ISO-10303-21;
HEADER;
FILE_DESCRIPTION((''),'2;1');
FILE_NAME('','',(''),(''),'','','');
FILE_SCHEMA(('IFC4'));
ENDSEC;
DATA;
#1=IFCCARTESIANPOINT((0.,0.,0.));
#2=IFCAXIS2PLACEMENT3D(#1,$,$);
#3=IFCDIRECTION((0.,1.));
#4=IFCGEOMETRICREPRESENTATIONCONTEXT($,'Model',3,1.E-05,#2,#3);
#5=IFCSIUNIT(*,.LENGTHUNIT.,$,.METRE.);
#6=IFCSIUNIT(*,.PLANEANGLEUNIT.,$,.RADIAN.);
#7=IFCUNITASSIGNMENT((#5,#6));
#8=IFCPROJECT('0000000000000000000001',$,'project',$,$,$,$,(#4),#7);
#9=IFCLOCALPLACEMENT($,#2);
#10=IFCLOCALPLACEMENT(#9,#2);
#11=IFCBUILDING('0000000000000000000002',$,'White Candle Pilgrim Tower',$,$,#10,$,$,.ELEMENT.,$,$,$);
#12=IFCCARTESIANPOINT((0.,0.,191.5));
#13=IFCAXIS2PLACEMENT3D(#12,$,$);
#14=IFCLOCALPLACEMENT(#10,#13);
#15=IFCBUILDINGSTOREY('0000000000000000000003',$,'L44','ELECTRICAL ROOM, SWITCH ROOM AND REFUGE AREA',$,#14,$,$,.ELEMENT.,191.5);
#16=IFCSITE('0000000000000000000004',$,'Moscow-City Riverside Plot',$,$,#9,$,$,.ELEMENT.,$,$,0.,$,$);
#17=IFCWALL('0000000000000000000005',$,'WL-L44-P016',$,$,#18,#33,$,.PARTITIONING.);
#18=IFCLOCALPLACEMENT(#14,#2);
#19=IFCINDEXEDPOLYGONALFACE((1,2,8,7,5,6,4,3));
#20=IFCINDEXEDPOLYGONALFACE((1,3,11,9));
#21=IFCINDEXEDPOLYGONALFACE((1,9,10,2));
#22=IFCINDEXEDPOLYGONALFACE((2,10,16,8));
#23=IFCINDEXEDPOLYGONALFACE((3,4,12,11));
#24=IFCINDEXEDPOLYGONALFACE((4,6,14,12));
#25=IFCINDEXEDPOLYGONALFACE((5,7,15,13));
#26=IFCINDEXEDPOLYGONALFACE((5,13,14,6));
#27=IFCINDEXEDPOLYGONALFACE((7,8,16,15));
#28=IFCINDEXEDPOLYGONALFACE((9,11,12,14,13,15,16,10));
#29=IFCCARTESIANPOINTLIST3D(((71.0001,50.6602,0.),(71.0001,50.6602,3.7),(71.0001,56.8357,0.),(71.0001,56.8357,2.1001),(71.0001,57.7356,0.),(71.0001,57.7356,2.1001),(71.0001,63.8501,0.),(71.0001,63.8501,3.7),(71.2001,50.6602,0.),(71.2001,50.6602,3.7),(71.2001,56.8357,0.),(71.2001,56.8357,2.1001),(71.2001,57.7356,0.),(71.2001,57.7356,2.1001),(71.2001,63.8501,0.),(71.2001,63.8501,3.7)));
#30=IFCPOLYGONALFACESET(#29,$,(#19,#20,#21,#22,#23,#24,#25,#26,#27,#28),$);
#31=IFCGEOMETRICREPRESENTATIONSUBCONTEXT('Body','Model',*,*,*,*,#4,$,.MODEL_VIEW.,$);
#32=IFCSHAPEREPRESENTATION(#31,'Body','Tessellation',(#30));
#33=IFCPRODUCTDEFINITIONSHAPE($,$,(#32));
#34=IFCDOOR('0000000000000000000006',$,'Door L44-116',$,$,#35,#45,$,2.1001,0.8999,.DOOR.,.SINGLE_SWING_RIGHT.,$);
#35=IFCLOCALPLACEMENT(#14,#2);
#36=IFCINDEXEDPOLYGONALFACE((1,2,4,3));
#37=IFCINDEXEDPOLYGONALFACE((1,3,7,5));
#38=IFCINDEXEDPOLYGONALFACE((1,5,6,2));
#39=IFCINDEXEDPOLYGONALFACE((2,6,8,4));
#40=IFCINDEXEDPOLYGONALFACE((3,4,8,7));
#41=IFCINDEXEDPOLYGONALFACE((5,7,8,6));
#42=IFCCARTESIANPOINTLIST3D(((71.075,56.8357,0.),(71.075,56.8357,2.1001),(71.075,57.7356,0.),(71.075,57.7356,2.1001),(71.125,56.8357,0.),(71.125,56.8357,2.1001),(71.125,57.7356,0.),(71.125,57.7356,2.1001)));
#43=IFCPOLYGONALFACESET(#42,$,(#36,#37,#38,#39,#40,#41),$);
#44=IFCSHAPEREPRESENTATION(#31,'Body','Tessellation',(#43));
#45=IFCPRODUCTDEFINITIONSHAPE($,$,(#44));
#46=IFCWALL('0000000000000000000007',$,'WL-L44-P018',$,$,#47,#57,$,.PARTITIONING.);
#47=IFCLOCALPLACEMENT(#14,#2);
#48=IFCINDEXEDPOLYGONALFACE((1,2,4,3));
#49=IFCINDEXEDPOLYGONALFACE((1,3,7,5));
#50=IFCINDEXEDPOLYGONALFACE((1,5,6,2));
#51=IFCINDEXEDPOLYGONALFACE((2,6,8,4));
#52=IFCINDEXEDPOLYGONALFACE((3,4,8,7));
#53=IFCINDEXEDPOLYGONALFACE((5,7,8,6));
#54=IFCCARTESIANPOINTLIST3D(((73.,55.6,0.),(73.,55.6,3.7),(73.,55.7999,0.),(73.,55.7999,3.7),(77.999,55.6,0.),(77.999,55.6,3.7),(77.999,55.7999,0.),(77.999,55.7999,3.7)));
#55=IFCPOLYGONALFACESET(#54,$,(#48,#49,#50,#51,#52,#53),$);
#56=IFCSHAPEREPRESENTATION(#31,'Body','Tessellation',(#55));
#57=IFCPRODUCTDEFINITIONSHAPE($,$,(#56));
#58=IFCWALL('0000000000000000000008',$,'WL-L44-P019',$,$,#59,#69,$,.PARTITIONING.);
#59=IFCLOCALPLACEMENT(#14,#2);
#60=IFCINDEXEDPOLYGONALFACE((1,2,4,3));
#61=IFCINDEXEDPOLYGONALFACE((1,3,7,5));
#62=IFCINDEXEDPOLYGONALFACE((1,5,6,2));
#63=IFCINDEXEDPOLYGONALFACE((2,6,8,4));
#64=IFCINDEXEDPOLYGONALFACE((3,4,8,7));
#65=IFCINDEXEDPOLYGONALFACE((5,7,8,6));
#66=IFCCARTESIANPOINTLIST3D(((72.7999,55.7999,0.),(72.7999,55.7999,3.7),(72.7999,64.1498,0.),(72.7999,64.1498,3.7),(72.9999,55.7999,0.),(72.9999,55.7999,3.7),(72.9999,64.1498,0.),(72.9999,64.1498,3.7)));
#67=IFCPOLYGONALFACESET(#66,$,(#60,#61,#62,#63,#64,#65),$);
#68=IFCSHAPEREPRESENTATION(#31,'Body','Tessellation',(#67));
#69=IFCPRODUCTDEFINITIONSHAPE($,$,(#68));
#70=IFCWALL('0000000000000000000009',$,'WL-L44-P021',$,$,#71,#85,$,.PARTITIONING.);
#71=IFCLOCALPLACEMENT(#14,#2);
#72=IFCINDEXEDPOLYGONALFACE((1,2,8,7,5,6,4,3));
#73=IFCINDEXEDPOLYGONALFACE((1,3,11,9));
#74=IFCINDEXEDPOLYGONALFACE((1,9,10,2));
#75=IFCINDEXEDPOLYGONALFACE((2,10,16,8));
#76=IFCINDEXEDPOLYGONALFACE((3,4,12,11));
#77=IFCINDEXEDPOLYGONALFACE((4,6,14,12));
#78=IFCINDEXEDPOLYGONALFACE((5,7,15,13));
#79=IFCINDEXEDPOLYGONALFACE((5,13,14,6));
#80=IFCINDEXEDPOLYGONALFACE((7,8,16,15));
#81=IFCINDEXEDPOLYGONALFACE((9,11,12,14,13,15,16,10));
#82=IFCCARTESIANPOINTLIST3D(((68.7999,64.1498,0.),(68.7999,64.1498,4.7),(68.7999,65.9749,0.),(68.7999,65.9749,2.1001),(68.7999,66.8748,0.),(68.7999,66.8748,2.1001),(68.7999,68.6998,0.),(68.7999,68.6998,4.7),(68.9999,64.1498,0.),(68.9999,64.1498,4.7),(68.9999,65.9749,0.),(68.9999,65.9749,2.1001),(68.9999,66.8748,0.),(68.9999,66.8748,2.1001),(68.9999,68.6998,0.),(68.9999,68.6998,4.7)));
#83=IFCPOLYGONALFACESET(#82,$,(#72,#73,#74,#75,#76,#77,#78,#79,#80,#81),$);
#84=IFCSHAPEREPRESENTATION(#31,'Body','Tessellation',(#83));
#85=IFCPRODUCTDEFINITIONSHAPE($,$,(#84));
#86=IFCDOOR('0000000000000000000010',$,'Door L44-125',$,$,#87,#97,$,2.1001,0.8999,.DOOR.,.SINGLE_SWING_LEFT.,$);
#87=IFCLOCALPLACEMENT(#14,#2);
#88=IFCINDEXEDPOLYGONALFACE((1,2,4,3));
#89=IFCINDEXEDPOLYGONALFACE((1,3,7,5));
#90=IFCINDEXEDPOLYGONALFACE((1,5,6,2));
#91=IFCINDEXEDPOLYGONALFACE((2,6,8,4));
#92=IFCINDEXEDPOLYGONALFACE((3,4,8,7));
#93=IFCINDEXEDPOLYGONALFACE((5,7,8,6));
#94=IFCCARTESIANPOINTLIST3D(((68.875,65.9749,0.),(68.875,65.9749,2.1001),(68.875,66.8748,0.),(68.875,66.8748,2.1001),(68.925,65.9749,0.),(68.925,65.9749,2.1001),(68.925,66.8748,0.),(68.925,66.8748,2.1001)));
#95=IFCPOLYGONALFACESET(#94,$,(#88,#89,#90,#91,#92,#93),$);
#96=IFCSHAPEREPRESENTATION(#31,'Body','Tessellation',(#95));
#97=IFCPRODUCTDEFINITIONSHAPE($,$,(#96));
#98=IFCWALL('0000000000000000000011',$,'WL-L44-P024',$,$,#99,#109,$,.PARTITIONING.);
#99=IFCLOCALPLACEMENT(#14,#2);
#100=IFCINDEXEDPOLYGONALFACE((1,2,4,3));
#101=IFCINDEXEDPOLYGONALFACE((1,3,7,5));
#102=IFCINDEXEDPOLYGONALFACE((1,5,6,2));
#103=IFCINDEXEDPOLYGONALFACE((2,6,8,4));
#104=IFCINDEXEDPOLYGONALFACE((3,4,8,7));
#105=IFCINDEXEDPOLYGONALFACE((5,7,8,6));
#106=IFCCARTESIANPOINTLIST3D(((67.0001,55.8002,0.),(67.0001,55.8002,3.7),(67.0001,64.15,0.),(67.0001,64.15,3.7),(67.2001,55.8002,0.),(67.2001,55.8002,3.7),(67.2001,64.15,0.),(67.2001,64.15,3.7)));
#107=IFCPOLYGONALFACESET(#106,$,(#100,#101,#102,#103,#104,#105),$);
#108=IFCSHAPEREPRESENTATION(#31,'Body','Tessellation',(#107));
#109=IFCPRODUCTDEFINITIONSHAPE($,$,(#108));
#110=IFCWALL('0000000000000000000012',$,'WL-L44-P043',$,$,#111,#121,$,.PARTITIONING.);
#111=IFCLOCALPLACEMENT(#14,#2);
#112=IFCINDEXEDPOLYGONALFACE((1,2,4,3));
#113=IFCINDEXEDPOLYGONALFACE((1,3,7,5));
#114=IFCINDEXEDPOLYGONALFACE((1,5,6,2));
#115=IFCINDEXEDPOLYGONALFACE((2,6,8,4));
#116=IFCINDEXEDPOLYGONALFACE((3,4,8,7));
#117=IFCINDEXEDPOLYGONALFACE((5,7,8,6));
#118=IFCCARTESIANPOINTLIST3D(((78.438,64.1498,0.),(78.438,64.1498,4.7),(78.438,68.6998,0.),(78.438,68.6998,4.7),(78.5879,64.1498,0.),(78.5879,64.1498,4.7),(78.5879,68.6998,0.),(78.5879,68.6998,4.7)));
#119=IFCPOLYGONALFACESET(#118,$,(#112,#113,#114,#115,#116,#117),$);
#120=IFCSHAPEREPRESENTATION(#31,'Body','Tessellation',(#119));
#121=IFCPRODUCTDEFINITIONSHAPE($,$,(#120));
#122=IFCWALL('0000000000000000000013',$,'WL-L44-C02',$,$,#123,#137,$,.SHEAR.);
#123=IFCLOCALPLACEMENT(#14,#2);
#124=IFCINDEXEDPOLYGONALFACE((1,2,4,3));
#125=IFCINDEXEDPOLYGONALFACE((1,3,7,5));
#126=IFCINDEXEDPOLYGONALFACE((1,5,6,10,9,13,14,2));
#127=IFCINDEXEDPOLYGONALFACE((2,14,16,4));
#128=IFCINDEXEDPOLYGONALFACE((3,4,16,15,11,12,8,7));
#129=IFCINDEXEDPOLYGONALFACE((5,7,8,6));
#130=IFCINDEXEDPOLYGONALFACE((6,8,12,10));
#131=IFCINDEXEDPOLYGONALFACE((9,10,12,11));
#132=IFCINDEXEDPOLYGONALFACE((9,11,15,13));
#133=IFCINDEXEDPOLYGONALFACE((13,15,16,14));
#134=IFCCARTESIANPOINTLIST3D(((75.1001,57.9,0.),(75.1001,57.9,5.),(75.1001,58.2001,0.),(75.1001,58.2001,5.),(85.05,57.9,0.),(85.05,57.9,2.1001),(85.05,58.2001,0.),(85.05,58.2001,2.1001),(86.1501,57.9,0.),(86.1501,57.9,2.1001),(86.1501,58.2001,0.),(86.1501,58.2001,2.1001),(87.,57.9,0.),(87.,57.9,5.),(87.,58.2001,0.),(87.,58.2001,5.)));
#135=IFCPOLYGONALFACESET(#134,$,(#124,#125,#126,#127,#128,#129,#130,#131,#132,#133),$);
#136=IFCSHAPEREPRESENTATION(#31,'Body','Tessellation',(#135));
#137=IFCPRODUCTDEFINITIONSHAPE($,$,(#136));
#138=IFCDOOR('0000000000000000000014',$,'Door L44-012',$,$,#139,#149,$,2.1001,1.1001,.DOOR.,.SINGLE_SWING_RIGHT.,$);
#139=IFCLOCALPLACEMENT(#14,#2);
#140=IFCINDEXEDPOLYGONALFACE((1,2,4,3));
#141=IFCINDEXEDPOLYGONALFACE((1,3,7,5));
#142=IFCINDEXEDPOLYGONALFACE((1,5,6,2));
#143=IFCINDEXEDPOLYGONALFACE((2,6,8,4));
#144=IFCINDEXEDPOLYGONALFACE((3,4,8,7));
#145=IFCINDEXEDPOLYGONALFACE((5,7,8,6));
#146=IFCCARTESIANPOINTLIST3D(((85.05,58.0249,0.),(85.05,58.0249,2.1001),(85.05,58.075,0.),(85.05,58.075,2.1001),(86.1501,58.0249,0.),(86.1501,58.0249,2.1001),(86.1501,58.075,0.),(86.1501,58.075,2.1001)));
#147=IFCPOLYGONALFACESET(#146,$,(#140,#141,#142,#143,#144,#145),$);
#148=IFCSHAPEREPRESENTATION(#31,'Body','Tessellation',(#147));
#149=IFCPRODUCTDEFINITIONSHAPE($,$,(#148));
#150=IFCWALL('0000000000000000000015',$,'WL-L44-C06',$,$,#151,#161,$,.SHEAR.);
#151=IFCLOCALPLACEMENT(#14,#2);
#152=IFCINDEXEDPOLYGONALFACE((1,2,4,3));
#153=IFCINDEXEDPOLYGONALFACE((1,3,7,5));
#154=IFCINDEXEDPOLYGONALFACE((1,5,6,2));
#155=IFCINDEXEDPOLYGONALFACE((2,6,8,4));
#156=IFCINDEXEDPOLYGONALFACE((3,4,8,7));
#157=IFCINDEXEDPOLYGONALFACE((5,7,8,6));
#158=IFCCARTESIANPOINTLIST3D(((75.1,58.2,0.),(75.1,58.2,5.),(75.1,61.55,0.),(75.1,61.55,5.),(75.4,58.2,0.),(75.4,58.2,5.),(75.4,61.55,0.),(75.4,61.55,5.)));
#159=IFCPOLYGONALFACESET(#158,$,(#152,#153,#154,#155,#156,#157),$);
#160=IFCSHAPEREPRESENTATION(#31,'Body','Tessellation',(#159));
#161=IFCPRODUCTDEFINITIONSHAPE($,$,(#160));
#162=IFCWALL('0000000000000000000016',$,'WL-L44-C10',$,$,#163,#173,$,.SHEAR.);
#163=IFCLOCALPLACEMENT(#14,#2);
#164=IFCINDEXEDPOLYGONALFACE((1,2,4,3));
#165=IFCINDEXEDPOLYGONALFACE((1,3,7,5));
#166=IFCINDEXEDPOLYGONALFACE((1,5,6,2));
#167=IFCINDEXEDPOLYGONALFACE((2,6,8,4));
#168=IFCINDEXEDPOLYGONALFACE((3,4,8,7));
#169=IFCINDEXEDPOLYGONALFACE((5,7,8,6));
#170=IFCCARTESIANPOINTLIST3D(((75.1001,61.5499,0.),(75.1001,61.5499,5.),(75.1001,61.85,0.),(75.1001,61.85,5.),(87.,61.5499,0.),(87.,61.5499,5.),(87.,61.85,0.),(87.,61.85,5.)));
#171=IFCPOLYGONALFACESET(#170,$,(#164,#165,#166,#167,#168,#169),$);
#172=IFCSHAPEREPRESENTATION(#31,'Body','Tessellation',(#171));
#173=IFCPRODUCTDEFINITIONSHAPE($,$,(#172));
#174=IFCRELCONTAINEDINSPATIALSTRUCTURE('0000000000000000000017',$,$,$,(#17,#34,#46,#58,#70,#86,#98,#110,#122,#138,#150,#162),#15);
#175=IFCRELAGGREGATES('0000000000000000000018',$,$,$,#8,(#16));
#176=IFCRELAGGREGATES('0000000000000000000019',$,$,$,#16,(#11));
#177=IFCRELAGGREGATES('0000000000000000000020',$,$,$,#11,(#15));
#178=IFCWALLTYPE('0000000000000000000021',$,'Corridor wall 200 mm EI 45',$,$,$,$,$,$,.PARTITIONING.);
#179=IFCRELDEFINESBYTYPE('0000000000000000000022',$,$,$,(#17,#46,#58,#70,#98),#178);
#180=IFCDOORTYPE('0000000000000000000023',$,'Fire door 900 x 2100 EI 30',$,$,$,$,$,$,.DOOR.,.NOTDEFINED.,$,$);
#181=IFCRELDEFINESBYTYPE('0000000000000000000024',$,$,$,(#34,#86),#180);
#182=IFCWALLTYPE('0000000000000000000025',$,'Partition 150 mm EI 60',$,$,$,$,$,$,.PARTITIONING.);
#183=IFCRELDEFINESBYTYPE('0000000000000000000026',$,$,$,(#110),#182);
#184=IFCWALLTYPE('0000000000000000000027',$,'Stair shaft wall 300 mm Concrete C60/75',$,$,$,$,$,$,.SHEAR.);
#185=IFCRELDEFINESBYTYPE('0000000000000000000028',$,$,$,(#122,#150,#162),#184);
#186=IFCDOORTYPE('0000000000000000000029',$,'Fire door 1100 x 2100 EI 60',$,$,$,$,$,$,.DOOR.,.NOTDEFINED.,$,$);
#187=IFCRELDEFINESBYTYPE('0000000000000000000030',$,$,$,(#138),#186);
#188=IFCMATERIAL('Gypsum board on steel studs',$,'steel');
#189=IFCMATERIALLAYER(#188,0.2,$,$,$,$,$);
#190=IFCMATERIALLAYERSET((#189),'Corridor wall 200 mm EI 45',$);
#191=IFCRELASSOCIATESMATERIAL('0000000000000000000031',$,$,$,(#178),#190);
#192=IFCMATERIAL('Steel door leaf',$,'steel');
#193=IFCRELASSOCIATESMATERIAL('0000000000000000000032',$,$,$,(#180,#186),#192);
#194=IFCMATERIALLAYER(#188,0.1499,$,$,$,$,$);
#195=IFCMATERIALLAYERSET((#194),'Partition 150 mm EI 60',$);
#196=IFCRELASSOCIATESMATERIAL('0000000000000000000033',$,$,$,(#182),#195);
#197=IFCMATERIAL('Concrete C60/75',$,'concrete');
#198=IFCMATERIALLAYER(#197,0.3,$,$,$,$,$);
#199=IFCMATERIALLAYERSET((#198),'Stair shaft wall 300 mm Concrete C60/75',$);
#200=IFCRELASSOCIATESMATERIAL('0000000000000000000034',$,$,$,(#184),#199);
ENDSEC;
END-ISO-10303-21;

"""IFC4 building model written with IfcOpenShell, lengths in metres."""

from ifc_helpers import new_model, si_unit, direction, frame, frame_2d, origin, place, context, subcontext, project, spatial, rectangle, extrude, material, layer, layer_set, type_object, element, fill, save


model = new_model("IFC4")

# Units and contexts
model_context = context("Model", 3, precision=1e-05, world=origin(), true_north=direction((0.0, 1.0)))
body_context = subcontext(model_context, "Body", "Model", "MODEL_VIEW")
ifc_project = project(units=[si_unit("LENGTHUNIT", "METRE"), si_unit("PLANEANGLEUNIT", "RADIAN")], contexts=[model_context])

# Site, building, storey
site_placement = place(None, origin())
site = spatial("IfcSite", under=ifc_project, at=site_placement, Name="Moscow-City Riverside Plot", CompositionType="ELEMENT", RefElevation=0.0)
building_placement = place(site_placement, origin())
building = spatial("IfcBuilding", under=site, at=building_placement, Name="White Candle Pilgrim Tower", CompositionType="ELEMENT")
storey_placement = place(building_placement, frame((0.0, 0.0, 191.5)))
storey = spatial("IfcBuildingStorey", under=building, at=storey_placement, Name="L44", Description="ELECTRICAL ROOM, SWITCH ROOM AND REFUGE AREA", CompositionType="ELEMENT", Elevation=191.5)

# Wall, opening, door
ifc_material_1 = material(Name="Gypsum board on steel studs", Category="steel")
ifc_layer_1 = layer(ifc_material_1, 0.2)
ifc_layer_set_1 = layer_set([ifc_layer_1], Name="Corridor wall 200 mm EI 45")
wall_type_1 = type_object("IfcWallType", Name="Corridor wall 200 mm EI 45", PredefinedType="PARTITIONING", material=ifc_layer_set_1)
ifc_material_2 = material(Name="Steel door leaf", Category="steel")
door_type_1 = type_object("IfcDoorType", Name="Fire door 900 x 2100 EI 30", OperationType="NOTDEFINED", PredefinedType="DOOR", material=ifc_material_2)
wall_1_placement = place(storey_placement, frame((71.1001, 63.8501, 0.0), z_axis=(0.0, 0.0, 1.0), x_axis=(0.0, -1.0, 0.0)))
wall_1 = element("IfcWall", 1, at=wall_1_placement, inside=storey, type_object=wall_type_1, Name="WL-L44-P016", PredefinedType="PARTITIONING", context=body_context, shape_type="SweptSolid", body=[
    extrude(rectangle(XDim=13.1899, YDim=0.2, at=frame_2d((6.595, 0.0))), origin(), (0.0, 0.0, 1.0), 3.7),
])
opening_1_placement = place(wall_1_placement, frame((6.1145, 0.0, 0.0)))
opening_1 = element("IfcOpeningElement", 2, at=opening_1_placement, cuts=wall_1, PredefinedType="OPENING", context=body_context, shape_type="SweptSolid", body=[
    extrude(rectangle(XDim=0.8999, YDim=2.1001, at=frame_2d((0.45, 1.05))), frame((0.0, 0.1099, 0.0), z_axis=(0.0, -1.0, 0.0), x_axis=(1.0, 0.0, 0.0)), (0.0, 0.0, 1.0), 0.22),
])
door_1_placement = place(opening_1_placement, origin())
door_1 = element("IfcDoor", 3, at=door_1_placement, inside=storey, type_object=door_type_1, Name="Door L44-116", OperationType="SINGLE_SWING_RIGHT", OverallHeight=2.1001, OverallWidth=0.8999, PredefinedType="DOOR", context=body_context, shape_type="SweptSolid", body=[
    extrude(rectangle(XDim=0.8999, YDim=2.1001, at=frame_2d((0.45, 1.05))), frame((0.0, 0.0249, 0.0), z_axis=(0.0, -1.0, 0.0), x_axis=(1.0, 0.0, 0.0)), (0.0, 0.0, 1.0), 0.05),
])
fill(opening_1, door_1)

# Walls
wall_2_placement = place(storey_placement, frame((77.999, 55.7, 0.0), z_axis=(0.0, 0.0, 1.0), x_axis=(-1.0, 0.0, 0.0)))
element("IfcWall", 4, at=wall_2_placement, inside=storey, type_object=wall_type_1, Name="WL-L44-P018", PredefinedType="PARTITIONING", context=body_context, shape_type="SweptSolid", body=[
    extrude(rectangle(XDim=4.999, YDim=0.2, at=frame_2d((2.4995, 0.0))), origin(), (0.0, 0.0, 1.0), 3.7),
])
wall_3_placement = place(storey_placement, frame((72.8999, 55.8, 0.0), z_axis=(0.0, 0.0, 1.0), x_axis=(0.0, 1.0, 0.0)))
element("IfcWall", 5, at=wall_3_placement, inside=storey, type_object=wall_type_1, Name="WL-L44-P019", PredefinedType="PARTITIONING", context=body_context, shape_type="SweptSolid", body=[
    extrude(rectangle(XDim=8.3499, YDim=0.2, at=frame_2d((4.1748, 0.0))), origin(), (0.0, 0.0, 1.0), 3.7),
])

# Wall, opening, door
wall_4_placement = place(storey_placement, frame((68.8999, 64.1499, 0.0), z_axis=(0.0, 0.0, 1.0), x_axis=(0.0, 1.0, 0.0)))
wall_4 = element("IfcWall", 6, at=wall_4_placement, inside=storey, type_object=wall_type_1, Name="WL-L44-P021", PredefinedType="PARTITIONING", context=body_context, shape_type="SweptSolid", body=[
    extrude(rectangle(XDim=4.55, YDim=0.2, at=frame_2d((2.2749, 0.0))), origin(), (0.0, 0.0, 1.0), 4.7),
])
opening_2_placement = place(wall_4_placement, frame((1.825, 0.0, 0.0)))
opening_2 = element("IfcOpeningElement", 7, at=opening_2_placement, cuts=wall_4, PredefinedType="OPENING", context=body_context, shape_type="SweptSolid", body=[
    extrude(rectangle(XDim=0.8999, YDim=2.1001, at=frame_2d((0.45, 1.05))), frame((0.0, 0.1099, 0.0), z_axis=(0.0, -1.0, 0.0), x_axis=(1.0, 0.0, 0.0)), (0.0, 0.0, 1.0), 0.22),
])
door_2_placement = place(opening_2_placement, origin())
door_2 = element("IfcDoor", 8, at=door_2_placement, inside=storey, type_object=door_type_1, Name="Door L44-125", OperationType="SINGLE_SWING_LEFT", OverallHeight=2.1001, OverallWidth=0.8999, PredefinedType="DOOR", context=body_context, shape_type="SweptSolid", body=[
    extrude(rectangle(XDim=0.8999, YDim=2.1001, at=frame_2d((0.45, 1.05))), frame((0.0, 0.0249, 0.0), z_axis=(0.0, -1.0, 0.0), x_axis=(1.0, 0.0, 0.0)), (0.0, 0.0, 1.0), 0.05),
])
fill(opening_2, door_2)

# Walls
wall_5_placement = place(storey_placement, frame((67.1001, 64.1499, 0.0), z_axis=(0.0, 0.0, 1.0), x_axis=(0.0, -1.0, 0.0)))
element("IfcWall", 9, at=wall_5_placement, inside=storey, type_object=wall_type_1, Name="WL-L44-P024", PredefinedType="PARTITIONING", context=body_context, shape_type="SweptSolid", body=[
    extrude(rectangle(XDim=8.3499, YDim=0.2, at=frame_2d((4.1748, 0.0))), origin(), (0.0, 0.0, 1.0), 3.7),
])
ifc_layer_2 = layer(ifc_material_1, 0.1499)
ifc_layer_set_2 = layer_set([ifc_layer_2], Name="Partition 150 mm EI 60")
wall_type_2 = type_object("IfcWallType", Name="Partition 150 mm EI 60", PredefinedType="PARTITIONING", material=ifc_layer_set_2)
wall_6_placement = place(storey_placement, frame((78.5129, 64.1499, 0.0), z_axis=(0.0, 0.0, 1.0), x_axis=(0.0, 1.0, 0.0)))
element("IfcWall", 10, at=wall_6_placement, inside=storey, type_object=wall_type_2, Name="WL-L44-P043", PredefinedType="PARTITIONING", context=body_context, shape_type="SweptSolid", body=[
    extrude(rectangle(XDim=4.55, YDim=0.1499, at=frame_2d((2.2749, 0.0))), origin(), (0.0, 0.0, 1.0), 4.7),
])

# Wall, opening, door
ifc_material_3 = material(Name="Concrete C60/75", Category="concrete")
ifc_layer_3 = layer(ifc_material_3, 0.3)
ifc_layer_set_3 = layer_set([ifc_layer_3], Name="Stair shaft wall 300 mm Concrete C60/75")
wall_type_3 = type_object("IfcWallType", Name="Stair shaft wall 300 mm Concrete C60/75", PredefinedType="SHEAR", material=ifc_layer_set_3)
wall_7_placement = place(storey_placement, frame((75.1001, 58.05, 0.0), z_axis=(0.0, 0.0, 1.0), x_axis=(1.0, 0.0, 0.0)))
wall_7 = element("IfcWall", 11, at=wall_7_placement, inside=storey, type_object=wall_type_3, Name="WL-L44-C02", PredefinedType="SHEAR", context=body_context, shape_type="SweptSolid", body=[
    extrude(rectangle(XDim=11.8999, YDim=0.3, at=frame_2d((5.95, 0.0))), origin(), (0.0, 0.0, 1.0), 5.0),
])
opening_3_placement = place(wall_7_placement, frame((9.95, 0.0, 0.0)))
opening_3 = element("IfcOpeningElement", 12, at=opening_3_placement, cuts=wall_7, PredefinedType="OPENING", context=body_context, shape_type="SweptSolid", body=[
    extrude(rectangle(XDim=1.1001, YDim=2.1001, at=frame_2d((0.55, 1.05))), frame((0.0, 0.1599, 0.0), z_axis=(0.0, -1.0, 0.0), x_axis=(1.0, 0.0, 0.0)), (0.0, 0.0, 1.0), 0.3201),
])
door_type_2 = type_object("IfcDoorType", Name="Fire door 1100 x 2100 EI 60", OperationType="NOTDEFINED", PredefinedType="DOOR", material=ifc_material_2)
door_3_placement = place(opening_3_placement, origin())
door_3 = element("IfcDoor", 13, at=door_3_placement, inside=storey, type_object=door_type_2, Name="Door L44-012", OperationType="SINGLE_SWING_RIGHT", OverallHeight=2.1001, OverallWidth=1.1001, PredefinedType="DOOR", context=body_context, shape_type="SweptSolid", body=[
    extrude(rectangle(XDim=1.1001, YDim=2.1001, at=frame_2d((0.55, 1.05))), frame((0.0, 0.0249, 0.0), z_axis=(0.0, -1.0, 0.0), x_axis=(1.0, 0.0, 0.0)), (0.0, 0.0, 1.0), 0.05),
])
fill(opening_3, door_3)

# Walls
wall_8_placement = place(storey_placement, frame((75.25, 58.2, 0.0), z_axis=(0.0, 0.0, 1.0), x_axis=(0.0, 1.0, 0.0)))
element("IfcWall", 14, at=wall_8_placement, inside=storey, type_object=wall_type_3, Name="WL-L44-C06", PredefinedType="SHEAR", context=body_context, shape_type="SweptSolid", body=[
    extrude(rectangle(XDim=3.3501, YDim=0.3, at=frame_2d((1.675, 0.0))), origin(), (0.0, 0.0, 1.0), 5.0),
])
wall_9_placement = place(storey_placement, frame((75.1001, 61.7, 0.0), z_axis=(0.0, 0.0, 1.0), x_axis=(1.0, 0.0, 0.0)))
element("IfcWall", 15, at=wall_9_placement, inside=storey, type_object=wall_type_3, Name="WL-L44-C10", PredefinedType="SHEAR", context=body_context, shape_type="SweptSolid", body=[
    extrude(rectangle(XDim=11.8999, YDim=0.3, at=frame_2d((5.95, 0.0))), origin(), (0.0, 0.0, 1.0), 5.0),
])

save(model, "model.ifc")
